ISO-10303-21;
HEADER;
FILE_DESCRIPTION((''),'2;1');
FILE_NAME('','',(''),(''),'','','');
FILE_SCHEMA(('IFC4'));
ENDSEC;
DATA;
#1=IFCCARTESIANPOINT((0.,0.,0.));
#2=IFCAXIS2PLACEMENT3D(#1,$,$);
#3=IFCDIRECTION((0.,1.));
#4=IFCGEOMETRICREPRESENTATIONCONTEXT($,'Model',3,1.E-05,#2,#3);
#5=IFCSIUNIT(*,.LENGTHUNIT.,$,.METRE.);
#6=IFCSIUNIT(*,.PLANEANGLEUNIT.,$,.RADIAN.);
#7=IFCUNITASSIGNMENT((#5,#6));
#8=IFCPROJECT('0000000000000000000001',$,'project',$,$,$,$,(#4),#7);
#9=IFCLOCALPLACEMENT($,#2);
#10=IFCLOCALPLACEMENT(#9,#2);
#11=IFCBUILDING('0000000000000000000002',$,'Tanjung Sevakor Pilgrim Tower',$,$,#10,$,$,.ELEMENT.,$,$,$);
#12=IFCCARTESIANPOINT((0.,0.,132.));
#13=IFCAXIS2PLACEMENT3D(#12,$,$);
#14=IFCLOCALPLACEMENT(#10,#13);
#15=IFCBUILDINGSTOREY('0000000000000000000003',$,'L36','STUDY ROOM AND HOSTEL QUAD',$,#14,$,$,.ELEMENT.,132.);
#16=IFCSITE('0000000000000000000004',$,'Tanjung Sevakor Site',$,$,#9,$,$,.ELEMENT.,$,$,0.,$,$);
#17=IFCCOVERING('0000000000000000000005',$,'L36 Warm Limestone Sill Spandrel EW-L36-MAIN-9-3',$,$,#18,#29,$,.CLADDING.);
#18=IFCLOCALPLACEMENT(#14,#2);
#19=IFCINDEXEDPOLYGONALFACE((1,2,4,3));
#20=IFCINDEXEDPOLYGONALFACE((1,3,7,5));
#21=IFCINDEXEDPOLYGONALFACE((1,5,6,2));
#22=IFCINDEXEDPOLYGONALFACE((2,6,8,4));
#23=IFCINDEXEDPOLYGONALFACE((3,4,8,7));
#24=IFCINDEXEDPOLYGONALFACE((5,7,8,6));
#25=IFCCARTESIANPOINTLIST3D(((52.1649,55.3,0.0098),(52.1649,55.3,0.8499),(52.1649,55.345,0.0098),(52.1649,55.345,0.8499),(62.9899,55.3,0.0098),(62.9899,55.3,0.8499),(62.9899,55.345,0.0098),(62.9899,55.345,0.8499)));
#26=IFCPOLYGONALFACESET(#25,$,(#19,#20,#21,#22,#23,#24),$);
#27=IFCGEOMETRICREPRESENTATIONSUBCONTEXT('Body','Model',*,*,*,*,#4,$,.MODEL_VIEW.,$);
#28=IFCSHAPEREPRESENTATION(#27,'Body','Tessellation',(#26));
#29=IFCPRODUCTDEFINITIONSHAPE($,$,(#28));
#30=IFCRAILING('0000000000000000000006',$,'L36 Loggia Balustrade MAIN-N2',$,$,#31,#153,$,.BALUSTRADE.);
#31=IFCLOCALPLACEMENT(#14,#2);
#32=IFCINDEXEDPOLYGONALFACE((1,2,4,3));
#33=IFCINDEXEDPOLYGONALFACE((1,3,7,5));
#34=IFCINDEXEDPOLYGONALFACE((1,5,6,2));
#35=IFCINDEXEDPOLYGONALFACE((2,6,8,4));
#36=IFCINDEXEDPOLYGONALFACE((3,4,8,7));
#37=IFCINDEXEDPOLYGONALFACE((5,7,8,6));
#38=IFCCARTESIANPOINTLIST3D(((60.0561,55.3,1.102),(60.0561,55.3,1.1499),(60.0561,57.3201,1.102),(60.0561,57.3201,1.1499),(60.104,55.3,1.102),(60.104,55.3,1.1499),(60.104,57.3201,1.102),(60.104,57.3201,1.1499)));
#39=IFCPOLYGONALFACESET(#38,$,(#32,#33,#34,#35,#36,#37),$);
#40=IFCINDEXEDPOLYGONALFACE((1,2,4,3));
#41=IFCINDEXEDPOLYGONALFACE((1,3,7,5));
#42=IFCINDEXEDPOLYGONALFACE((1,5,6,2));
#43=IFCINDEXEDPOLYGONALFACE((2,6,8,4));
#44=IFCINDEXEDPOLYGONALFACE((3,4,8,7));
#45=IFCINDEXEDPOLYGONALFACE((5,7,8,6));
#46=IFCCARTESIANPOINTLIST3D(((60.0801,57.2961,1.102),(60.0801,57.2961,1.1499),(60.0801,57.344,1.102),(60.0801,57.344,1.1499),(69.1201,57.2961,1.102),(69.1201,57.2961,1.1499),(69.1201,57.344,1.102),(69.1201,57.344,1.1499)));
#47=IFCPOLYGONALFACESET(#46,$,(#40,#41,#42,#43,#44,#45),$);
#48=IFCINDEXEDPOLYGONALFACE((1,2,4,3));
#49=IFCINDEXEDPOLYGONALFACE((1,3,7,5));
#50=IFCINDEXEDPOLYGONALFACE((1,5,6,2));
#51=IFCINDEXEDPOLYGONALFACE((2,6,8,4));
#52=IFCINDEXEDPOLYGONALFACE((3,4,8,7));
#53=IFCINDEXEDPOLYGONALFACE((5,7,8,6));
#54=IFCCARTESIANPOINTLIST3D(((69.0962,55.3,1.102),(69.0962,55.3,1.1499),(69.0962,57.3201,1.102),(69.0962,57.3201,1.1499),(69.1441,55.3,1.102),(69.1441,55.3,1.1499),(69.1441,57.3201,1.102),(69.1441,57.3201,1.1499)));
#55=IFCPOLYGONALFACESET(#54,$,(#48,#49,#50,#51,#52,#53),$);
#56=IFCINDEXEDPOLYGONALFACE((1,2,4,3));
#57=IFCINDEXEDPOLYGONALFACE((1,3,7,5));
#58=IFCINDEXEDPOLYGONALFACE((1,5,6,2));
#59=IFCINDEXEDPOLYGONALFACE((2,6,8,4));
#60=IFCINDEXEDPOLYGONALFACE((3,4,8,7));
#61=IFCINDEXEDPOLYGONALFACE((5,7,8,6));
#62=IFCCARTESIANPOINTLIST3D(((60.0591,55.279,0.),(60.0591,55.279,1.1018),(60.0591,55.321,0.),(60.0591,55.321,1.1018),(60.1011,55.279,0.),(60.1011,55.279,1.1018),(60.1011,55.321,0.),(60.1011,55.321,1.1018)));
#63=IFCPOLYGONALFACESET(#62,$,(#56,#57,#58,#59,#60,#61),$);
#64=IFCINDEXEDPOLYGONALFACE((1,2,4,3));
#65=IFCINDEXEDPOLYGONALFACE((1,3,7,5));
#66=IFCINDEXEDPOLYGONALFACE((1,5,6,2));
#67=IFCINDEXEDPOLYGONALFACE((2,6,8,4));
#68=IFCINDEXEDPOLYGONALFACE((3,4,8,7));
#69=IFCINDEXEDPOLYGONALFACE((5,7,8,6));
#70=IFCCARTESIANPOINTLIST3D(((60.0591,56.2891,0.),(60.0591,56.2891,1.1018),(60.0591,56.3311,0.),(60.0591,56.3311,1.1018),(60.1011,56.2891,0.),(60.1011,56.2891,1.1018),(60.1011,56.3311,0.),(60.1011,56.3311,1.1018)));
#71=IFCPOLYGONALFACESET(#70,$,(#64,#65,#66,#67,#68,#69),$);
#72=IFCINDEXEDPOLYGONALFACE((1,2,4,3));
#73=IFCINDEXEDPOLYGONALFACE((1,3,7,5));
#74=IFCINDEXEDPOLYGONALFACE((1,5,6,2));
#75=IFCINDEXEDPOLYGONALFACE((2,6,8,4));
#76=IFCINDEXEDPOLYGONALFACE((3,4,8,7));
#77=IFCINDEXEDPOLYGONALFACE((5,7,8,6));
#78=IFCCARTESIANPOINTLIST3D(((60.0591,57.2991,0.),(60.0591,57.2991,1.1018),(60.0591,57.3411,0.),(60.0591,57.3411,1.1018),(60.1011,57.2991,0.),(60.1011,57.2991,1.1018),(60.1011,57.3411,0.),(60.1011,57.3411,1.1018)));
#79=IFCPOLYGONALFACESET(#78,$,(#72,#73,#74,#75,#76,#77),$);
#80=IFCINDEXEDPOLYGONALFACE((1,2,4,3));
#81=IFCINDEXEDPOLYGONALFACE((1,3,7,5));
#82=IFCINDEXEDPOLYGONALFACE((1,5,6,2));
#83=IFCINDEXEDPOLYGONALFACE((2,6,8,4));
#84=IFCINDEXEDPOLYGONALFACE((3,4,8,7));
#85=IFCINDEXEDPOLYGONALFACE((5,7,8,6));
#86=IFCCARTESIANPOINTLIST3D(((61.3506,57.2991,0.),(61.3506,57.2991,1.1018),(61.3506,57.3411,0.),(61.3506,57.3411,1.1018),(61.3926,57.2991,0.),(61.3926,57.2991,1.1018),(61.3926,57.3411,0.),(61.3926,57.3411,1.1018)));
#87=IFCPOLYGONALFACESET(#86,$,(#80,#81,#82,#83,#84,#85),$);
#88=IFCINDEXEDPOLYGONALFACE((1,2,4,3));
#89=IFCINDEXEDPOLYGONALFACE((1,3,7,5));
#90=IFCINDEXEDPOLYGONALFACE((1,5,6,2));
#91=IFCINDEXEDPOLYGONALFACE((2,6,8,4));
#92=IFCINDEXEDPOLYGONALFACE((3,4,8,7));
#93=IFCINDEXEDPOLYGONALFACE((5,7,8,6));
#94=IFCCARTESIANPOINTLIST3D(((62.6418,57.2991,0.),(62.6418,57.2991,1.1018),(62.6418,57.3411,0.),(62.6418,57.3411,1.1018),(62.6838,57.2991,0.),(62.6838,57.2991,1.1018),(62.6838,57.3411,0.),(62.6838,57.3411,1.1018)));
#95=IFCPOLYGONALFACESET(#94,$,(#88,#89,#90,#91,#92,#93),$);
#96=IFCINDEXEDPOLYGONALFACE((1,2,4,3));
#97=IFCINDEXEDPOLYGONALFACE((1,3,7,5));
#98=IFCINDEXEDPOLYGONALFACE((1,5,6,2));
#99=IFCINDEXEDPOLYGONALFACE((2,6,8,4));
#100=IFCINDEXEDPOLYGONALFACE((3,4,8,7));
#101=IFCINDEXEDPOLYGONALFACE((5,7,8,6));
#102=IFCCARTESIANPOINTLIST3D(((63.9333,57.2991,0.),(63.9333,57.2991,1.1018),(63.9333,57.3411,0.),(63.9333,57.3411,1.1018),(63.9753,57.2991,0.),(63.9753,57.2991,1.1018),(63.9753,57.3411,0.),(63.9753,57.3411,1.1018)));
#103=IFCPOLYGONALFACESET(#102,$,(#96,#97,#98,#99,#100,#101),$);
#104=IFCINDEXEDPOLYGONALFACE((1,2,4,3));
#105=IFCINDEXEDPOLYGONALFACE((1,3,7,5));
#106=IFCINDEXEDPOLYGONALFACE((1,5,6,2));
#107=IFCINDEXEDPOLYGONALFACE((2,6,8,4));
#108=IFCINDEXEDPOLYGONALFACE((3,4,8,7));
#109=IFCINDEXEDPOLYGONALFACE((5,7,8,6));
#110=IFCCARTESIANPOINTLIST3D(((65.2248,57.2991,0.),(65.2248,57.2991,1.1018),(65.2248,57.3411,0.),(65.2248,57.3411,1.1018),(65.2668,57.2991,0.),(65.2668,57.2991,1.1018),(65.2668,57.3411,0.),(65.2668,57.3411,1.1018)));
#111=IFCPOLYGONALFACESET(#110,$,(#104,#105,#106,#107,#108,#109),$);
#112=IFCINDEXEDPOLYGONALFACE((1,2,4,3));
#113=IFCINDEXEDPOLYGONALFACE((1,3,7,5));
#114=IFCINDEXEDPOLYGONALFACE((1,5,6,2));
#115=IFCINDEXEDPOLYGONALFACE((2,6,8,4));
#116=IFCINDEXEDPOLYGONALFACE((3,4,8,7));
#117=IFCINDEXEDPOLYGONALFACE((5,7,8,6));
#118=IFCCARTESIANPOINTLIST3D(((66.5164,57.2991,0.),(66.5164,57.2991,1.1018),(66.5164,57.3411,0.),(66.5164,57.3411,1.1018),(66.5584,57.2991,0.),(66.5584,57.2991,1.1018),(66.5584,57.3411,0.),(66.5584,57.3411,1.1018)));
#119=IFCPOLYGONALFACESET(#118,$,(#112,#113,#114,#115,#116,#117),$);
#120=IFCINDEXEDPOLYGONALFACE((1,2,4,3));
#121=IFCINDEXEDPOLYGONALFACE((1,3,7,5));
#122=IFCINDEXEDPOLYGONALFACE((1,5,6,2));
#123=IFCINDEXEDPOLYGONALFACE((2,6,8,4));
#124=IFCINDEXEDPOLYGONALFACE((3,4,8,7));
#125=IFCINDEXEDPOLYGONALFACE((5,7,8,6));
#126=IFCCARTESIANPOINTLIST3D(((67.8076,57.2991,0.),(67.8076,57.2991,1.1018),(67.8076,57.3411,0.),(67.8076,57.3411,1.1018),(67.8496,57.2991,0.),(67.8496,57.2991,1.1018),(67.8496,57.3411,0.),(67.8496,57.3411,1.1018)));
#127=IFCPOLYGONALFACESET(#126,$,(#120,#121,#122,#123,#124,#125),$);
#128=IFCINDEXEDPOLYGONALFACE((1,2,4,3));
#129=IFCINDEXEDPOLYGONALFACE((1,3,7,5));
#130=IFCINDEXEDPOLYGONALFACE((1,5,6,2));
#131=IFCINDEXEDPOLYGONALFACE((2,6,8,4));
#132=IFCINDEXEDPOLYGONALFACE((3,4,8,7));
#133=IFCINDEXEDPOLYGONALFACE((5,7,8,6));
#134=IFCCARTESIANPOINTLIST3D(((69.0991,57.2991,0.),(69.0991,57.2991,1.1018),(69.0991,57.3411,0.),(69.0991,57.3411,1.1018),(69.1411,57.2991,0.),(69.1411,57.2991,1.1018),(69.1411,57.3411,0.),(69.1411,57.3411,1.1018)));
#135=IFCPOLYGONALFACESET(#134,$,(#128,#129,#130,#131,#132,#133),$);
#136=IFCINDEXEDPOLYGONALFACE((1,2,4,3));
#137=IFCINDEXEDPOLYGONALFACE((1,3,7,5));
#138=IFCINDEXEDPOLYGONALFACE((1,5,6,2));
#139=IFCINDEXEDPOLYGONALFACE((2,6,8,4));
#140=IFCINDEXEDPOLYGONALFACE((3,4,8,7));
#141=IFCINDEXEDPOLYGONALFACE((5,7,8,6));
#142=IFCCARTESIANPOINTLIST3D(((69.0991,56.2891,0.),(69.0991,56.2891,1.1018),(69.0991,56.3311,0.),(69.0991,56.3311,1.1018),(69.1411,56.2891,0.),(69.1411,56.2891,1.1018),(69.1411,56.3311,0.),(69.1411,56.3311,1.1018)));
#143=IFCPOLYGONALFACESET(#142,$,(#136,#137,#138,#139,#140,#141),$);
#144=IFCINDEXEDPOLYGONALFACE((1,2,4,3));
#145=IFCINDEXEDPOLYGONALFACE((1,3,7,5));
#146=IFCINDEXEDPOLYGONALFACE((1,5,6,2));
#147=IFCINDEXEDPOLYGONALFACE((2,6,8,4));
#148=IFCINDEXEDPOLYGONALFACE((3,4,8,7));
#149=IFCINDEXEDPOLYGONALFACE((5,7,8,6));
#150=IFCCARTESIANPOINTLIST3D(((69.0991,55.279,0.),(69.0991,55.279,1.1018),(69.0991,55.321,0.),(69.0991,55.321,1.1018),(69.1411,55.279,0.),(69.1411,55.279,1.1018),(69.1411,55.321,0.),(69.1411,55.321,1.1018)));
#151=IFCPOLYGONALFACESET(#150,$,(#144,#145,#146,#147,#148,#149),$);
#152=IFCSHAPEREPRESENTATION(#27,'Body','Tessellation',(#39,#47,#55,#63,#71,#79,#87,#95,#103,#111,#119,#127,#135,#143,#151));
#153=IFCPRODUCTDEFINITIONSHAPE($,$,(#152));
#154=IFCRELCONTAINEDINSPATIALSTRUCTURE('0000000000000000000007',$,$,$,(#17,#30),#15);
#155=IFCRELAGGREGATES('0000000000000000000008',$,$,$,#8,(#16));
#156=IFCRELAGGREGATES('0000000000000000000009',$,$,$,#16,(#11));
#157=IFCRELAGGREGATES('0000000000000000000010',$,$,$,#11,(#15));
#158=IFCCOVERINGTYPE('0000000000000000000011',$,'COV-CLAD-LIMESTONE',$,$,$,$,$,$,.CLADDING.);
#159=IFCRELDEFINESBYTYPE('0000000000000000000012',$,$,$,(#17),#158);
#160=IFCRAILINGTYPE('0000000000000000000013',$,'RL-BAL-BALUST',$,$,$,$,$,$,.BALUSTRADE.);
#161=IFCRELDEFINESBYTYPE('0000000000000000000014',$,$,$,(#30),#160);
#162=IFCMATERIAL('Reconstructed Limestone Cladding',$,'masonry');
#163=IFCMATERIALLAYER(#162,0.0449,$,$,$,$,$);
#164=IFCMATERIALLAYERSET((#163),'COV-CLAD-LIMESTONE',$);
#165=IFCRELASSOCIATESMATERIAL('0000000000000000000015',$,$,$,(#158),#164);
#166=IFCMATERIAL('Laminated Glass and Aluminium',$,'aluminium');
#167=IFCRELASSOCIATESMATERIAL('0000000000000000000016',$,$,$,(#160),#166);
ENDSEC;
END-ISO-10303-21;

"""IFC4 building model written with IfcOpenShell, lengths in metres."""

from ifc_helpers import new_model, si_unit, direction, frame, origin, origin_2d, place, context, subcontext, project, spatial, rectangle, extrude, material, layer, layer_set, type_object, element, save


model = new_model("IFC4")

# Units and contexts
model_context = context("Model", 3, precision=1e-05, world=origin(), true_north=direction((0.0, 1.0)))
body_context = subcontext(model_context, "Body", "Model", "MODEL_VIEW")
ifc_project = project(units=[si_unit("LENGTHUNIT", "METRE"), si_unit("PLANEANGLEUNIT", "RADIAN")], contexts=[model_context])

# Site, building, storey
site_placement = place(None, origin())
site = spatial("IfcSite", under=ifc_project, at=site_placement, Name="Tanjung Sevakor Site", CompositionType="ELEMENT", RefElevation=0.0)
building_placement = place(site_placement, origin())
building = spatial("IfcBuilding", under=site, at=building_placement, Name="Tanjung Sevakor Pilgrim Tower", CompositionType="ELEMENT")
storey_placement = place(building_placement, frame((0.0, 0.0, 132.0)))
storey = spatial("IfcBuildingStorey", under=building, at=storey_placement, Name="L36", Description="STUDY ROOM AND HOSTEL QUAD", CompositionType="ELEMENT", Elevation=132.0)

# Covering
ifc_material_1 = material(Name="Reconstructed Limestone Cladding", Category="masonry")
ifc_layer_1 = layer(ifc_material_1, 0.0449)
ifc_layer_set_1 = layer_set([ifc_layer_1], Name="COV-CLAD-LIMESTONE")
covering_type = type_object("IfcCoveringType", Name="COV-CLAD-LIMESTONE", PredefinedType="CLADDING", material=ifc_layer_set_1)
covering_placement = place(storey_placement, frame((57.5774, 55.3225, 0.0098), z_axis=(0.0, 0.0, 1.0), x_axis=(-1.0, 0.0, 0.0)))
element("IfcCovering", 1, at=covering_placement, inside=storey, type_object=covering_type, Name="L36 Warm Limestone Sill Spandrel EW-L36-MAIN-9-3", PredefinedType="CLADDING", context=body_context, shape_type="SweptSolid", body=[
    extrude(rectangle(XDim=10.825, YDim=0.0449, at=origin_2d()), origin(), (0.0, 0.0, 1.0), 0.8401),
])

# Railing
ifc_material_2 = material(Name="Laminated Glass and Aluminium", Category="aluminium")
railing_type = type_object("IfcRailingType", Name="RL-BAL-BALUST", PredefinedType="BALUSTRADE", material=ifc_material_2)
railing_placement = place(storey_placement, frame((60.0801, 55.3, 0.0)))
element("IfcRailing", 2, at=railing_placement, inside=storey, type_object=railing_type, Name="L36 Loggia Balustrade MAIN-N2", PredefinedType="BALUSTRADE", context=body_context, shape_type="SweptSolid", body=[
    extrude(rectangle(XDim=0.0479, YDim=0.0479), frame((0.0, 0.0, 1.126), z_axis=(0.0, 1.0, 0.0), x_axis=(-1.0, 0.0, 0.0)), (0.0, 0.0, 1.0), 2.02),
    extrude(rectangle(XDim=0.0479, YDim=0.0479), frame((0.0, 2.02, 1.126), z_axis=(1.0, 0.0, 0.0), x_axis=(0.0, 1.0, 0.0)), (0.0, 0.0, 1.0), 9.04),
    extrude(rectangle(XDim=0.0479, YDim=0.0479), frame((9.04, 2.02, 1.126), z_axis=(0.0, -1.0, 0.0), x_axis=(1.0, 0.0, 0.0)), (0.0, 0.0, 1.0), 2.02),
    extrude(rectangle(XDim=0.042, YDim=0.042), origin(), (0.0, 0.0, 1.0), 1.1018),
    extrude(rectangle(XDim=0.042, YDim=0.042), frame((0.0, 1.01, 0.0)), (0.0, 0.0, 1.0), 1.1018),
    extrude(rectangle(XDim=0.042, YDim=0.042), frame((0.0, 2.02, 0.0)), (0.0, 0.0, 1.0), 1.1018),
    extrude(rectangle(XDim=0.042, YDim=0.042), frame((1.2915, 2.02, 0.0)), (0.0, 0.0, 1.0), 1.1018),
    extrude(rectangle(XDim=0.042, YDim=0.042), frame((2.5828, 2.02, 0.0)), (0.0, 0.0, 1.0), 1.1018),
    extrude(rectangle(XDim=0.042, YDim=0.042), frame((3.8743, 2.02, 0.0)), (0.0, 0.0, 1.0), 1.1018),
    extrude(rectangle(XDim=0.042, YDim=0.042), frame((5.1658, 2.02, 0.0)), (0.0, 0.0, 1.0), 1.1018),
    extrude(rectangle(XDim=0.042, YDim=0.042), frame((6.4573, 2.02, 0.0)), (0.0, 0.0, 1.0), 1.1018),
    extrude(rectangle(XDim=0.042, YDim=0.042), frame((7.7485, 2.02, 0.0)), (0.0, 0.0, 1.0), 1.1018),
    extrude(rectangle(XDim=0.042, YDim=0.042), frame((9.04, 2.02, 0.0)), (0.0, 0.0, 1.0), 1.1018),
    extrude(rectangle(XDim=0.042, YDim=0.042), frame((9.04, 1.01, 0.0)), (0.0, 0.0, 1.0), 1.1018),
    extrude(rectangle(XDim=0.042, YDim=0.042), frame((9.04, 0.0, 0.0)), (0.0, 0.0, 1.0), 1.1018),
])

save(model, "model.ifc")
